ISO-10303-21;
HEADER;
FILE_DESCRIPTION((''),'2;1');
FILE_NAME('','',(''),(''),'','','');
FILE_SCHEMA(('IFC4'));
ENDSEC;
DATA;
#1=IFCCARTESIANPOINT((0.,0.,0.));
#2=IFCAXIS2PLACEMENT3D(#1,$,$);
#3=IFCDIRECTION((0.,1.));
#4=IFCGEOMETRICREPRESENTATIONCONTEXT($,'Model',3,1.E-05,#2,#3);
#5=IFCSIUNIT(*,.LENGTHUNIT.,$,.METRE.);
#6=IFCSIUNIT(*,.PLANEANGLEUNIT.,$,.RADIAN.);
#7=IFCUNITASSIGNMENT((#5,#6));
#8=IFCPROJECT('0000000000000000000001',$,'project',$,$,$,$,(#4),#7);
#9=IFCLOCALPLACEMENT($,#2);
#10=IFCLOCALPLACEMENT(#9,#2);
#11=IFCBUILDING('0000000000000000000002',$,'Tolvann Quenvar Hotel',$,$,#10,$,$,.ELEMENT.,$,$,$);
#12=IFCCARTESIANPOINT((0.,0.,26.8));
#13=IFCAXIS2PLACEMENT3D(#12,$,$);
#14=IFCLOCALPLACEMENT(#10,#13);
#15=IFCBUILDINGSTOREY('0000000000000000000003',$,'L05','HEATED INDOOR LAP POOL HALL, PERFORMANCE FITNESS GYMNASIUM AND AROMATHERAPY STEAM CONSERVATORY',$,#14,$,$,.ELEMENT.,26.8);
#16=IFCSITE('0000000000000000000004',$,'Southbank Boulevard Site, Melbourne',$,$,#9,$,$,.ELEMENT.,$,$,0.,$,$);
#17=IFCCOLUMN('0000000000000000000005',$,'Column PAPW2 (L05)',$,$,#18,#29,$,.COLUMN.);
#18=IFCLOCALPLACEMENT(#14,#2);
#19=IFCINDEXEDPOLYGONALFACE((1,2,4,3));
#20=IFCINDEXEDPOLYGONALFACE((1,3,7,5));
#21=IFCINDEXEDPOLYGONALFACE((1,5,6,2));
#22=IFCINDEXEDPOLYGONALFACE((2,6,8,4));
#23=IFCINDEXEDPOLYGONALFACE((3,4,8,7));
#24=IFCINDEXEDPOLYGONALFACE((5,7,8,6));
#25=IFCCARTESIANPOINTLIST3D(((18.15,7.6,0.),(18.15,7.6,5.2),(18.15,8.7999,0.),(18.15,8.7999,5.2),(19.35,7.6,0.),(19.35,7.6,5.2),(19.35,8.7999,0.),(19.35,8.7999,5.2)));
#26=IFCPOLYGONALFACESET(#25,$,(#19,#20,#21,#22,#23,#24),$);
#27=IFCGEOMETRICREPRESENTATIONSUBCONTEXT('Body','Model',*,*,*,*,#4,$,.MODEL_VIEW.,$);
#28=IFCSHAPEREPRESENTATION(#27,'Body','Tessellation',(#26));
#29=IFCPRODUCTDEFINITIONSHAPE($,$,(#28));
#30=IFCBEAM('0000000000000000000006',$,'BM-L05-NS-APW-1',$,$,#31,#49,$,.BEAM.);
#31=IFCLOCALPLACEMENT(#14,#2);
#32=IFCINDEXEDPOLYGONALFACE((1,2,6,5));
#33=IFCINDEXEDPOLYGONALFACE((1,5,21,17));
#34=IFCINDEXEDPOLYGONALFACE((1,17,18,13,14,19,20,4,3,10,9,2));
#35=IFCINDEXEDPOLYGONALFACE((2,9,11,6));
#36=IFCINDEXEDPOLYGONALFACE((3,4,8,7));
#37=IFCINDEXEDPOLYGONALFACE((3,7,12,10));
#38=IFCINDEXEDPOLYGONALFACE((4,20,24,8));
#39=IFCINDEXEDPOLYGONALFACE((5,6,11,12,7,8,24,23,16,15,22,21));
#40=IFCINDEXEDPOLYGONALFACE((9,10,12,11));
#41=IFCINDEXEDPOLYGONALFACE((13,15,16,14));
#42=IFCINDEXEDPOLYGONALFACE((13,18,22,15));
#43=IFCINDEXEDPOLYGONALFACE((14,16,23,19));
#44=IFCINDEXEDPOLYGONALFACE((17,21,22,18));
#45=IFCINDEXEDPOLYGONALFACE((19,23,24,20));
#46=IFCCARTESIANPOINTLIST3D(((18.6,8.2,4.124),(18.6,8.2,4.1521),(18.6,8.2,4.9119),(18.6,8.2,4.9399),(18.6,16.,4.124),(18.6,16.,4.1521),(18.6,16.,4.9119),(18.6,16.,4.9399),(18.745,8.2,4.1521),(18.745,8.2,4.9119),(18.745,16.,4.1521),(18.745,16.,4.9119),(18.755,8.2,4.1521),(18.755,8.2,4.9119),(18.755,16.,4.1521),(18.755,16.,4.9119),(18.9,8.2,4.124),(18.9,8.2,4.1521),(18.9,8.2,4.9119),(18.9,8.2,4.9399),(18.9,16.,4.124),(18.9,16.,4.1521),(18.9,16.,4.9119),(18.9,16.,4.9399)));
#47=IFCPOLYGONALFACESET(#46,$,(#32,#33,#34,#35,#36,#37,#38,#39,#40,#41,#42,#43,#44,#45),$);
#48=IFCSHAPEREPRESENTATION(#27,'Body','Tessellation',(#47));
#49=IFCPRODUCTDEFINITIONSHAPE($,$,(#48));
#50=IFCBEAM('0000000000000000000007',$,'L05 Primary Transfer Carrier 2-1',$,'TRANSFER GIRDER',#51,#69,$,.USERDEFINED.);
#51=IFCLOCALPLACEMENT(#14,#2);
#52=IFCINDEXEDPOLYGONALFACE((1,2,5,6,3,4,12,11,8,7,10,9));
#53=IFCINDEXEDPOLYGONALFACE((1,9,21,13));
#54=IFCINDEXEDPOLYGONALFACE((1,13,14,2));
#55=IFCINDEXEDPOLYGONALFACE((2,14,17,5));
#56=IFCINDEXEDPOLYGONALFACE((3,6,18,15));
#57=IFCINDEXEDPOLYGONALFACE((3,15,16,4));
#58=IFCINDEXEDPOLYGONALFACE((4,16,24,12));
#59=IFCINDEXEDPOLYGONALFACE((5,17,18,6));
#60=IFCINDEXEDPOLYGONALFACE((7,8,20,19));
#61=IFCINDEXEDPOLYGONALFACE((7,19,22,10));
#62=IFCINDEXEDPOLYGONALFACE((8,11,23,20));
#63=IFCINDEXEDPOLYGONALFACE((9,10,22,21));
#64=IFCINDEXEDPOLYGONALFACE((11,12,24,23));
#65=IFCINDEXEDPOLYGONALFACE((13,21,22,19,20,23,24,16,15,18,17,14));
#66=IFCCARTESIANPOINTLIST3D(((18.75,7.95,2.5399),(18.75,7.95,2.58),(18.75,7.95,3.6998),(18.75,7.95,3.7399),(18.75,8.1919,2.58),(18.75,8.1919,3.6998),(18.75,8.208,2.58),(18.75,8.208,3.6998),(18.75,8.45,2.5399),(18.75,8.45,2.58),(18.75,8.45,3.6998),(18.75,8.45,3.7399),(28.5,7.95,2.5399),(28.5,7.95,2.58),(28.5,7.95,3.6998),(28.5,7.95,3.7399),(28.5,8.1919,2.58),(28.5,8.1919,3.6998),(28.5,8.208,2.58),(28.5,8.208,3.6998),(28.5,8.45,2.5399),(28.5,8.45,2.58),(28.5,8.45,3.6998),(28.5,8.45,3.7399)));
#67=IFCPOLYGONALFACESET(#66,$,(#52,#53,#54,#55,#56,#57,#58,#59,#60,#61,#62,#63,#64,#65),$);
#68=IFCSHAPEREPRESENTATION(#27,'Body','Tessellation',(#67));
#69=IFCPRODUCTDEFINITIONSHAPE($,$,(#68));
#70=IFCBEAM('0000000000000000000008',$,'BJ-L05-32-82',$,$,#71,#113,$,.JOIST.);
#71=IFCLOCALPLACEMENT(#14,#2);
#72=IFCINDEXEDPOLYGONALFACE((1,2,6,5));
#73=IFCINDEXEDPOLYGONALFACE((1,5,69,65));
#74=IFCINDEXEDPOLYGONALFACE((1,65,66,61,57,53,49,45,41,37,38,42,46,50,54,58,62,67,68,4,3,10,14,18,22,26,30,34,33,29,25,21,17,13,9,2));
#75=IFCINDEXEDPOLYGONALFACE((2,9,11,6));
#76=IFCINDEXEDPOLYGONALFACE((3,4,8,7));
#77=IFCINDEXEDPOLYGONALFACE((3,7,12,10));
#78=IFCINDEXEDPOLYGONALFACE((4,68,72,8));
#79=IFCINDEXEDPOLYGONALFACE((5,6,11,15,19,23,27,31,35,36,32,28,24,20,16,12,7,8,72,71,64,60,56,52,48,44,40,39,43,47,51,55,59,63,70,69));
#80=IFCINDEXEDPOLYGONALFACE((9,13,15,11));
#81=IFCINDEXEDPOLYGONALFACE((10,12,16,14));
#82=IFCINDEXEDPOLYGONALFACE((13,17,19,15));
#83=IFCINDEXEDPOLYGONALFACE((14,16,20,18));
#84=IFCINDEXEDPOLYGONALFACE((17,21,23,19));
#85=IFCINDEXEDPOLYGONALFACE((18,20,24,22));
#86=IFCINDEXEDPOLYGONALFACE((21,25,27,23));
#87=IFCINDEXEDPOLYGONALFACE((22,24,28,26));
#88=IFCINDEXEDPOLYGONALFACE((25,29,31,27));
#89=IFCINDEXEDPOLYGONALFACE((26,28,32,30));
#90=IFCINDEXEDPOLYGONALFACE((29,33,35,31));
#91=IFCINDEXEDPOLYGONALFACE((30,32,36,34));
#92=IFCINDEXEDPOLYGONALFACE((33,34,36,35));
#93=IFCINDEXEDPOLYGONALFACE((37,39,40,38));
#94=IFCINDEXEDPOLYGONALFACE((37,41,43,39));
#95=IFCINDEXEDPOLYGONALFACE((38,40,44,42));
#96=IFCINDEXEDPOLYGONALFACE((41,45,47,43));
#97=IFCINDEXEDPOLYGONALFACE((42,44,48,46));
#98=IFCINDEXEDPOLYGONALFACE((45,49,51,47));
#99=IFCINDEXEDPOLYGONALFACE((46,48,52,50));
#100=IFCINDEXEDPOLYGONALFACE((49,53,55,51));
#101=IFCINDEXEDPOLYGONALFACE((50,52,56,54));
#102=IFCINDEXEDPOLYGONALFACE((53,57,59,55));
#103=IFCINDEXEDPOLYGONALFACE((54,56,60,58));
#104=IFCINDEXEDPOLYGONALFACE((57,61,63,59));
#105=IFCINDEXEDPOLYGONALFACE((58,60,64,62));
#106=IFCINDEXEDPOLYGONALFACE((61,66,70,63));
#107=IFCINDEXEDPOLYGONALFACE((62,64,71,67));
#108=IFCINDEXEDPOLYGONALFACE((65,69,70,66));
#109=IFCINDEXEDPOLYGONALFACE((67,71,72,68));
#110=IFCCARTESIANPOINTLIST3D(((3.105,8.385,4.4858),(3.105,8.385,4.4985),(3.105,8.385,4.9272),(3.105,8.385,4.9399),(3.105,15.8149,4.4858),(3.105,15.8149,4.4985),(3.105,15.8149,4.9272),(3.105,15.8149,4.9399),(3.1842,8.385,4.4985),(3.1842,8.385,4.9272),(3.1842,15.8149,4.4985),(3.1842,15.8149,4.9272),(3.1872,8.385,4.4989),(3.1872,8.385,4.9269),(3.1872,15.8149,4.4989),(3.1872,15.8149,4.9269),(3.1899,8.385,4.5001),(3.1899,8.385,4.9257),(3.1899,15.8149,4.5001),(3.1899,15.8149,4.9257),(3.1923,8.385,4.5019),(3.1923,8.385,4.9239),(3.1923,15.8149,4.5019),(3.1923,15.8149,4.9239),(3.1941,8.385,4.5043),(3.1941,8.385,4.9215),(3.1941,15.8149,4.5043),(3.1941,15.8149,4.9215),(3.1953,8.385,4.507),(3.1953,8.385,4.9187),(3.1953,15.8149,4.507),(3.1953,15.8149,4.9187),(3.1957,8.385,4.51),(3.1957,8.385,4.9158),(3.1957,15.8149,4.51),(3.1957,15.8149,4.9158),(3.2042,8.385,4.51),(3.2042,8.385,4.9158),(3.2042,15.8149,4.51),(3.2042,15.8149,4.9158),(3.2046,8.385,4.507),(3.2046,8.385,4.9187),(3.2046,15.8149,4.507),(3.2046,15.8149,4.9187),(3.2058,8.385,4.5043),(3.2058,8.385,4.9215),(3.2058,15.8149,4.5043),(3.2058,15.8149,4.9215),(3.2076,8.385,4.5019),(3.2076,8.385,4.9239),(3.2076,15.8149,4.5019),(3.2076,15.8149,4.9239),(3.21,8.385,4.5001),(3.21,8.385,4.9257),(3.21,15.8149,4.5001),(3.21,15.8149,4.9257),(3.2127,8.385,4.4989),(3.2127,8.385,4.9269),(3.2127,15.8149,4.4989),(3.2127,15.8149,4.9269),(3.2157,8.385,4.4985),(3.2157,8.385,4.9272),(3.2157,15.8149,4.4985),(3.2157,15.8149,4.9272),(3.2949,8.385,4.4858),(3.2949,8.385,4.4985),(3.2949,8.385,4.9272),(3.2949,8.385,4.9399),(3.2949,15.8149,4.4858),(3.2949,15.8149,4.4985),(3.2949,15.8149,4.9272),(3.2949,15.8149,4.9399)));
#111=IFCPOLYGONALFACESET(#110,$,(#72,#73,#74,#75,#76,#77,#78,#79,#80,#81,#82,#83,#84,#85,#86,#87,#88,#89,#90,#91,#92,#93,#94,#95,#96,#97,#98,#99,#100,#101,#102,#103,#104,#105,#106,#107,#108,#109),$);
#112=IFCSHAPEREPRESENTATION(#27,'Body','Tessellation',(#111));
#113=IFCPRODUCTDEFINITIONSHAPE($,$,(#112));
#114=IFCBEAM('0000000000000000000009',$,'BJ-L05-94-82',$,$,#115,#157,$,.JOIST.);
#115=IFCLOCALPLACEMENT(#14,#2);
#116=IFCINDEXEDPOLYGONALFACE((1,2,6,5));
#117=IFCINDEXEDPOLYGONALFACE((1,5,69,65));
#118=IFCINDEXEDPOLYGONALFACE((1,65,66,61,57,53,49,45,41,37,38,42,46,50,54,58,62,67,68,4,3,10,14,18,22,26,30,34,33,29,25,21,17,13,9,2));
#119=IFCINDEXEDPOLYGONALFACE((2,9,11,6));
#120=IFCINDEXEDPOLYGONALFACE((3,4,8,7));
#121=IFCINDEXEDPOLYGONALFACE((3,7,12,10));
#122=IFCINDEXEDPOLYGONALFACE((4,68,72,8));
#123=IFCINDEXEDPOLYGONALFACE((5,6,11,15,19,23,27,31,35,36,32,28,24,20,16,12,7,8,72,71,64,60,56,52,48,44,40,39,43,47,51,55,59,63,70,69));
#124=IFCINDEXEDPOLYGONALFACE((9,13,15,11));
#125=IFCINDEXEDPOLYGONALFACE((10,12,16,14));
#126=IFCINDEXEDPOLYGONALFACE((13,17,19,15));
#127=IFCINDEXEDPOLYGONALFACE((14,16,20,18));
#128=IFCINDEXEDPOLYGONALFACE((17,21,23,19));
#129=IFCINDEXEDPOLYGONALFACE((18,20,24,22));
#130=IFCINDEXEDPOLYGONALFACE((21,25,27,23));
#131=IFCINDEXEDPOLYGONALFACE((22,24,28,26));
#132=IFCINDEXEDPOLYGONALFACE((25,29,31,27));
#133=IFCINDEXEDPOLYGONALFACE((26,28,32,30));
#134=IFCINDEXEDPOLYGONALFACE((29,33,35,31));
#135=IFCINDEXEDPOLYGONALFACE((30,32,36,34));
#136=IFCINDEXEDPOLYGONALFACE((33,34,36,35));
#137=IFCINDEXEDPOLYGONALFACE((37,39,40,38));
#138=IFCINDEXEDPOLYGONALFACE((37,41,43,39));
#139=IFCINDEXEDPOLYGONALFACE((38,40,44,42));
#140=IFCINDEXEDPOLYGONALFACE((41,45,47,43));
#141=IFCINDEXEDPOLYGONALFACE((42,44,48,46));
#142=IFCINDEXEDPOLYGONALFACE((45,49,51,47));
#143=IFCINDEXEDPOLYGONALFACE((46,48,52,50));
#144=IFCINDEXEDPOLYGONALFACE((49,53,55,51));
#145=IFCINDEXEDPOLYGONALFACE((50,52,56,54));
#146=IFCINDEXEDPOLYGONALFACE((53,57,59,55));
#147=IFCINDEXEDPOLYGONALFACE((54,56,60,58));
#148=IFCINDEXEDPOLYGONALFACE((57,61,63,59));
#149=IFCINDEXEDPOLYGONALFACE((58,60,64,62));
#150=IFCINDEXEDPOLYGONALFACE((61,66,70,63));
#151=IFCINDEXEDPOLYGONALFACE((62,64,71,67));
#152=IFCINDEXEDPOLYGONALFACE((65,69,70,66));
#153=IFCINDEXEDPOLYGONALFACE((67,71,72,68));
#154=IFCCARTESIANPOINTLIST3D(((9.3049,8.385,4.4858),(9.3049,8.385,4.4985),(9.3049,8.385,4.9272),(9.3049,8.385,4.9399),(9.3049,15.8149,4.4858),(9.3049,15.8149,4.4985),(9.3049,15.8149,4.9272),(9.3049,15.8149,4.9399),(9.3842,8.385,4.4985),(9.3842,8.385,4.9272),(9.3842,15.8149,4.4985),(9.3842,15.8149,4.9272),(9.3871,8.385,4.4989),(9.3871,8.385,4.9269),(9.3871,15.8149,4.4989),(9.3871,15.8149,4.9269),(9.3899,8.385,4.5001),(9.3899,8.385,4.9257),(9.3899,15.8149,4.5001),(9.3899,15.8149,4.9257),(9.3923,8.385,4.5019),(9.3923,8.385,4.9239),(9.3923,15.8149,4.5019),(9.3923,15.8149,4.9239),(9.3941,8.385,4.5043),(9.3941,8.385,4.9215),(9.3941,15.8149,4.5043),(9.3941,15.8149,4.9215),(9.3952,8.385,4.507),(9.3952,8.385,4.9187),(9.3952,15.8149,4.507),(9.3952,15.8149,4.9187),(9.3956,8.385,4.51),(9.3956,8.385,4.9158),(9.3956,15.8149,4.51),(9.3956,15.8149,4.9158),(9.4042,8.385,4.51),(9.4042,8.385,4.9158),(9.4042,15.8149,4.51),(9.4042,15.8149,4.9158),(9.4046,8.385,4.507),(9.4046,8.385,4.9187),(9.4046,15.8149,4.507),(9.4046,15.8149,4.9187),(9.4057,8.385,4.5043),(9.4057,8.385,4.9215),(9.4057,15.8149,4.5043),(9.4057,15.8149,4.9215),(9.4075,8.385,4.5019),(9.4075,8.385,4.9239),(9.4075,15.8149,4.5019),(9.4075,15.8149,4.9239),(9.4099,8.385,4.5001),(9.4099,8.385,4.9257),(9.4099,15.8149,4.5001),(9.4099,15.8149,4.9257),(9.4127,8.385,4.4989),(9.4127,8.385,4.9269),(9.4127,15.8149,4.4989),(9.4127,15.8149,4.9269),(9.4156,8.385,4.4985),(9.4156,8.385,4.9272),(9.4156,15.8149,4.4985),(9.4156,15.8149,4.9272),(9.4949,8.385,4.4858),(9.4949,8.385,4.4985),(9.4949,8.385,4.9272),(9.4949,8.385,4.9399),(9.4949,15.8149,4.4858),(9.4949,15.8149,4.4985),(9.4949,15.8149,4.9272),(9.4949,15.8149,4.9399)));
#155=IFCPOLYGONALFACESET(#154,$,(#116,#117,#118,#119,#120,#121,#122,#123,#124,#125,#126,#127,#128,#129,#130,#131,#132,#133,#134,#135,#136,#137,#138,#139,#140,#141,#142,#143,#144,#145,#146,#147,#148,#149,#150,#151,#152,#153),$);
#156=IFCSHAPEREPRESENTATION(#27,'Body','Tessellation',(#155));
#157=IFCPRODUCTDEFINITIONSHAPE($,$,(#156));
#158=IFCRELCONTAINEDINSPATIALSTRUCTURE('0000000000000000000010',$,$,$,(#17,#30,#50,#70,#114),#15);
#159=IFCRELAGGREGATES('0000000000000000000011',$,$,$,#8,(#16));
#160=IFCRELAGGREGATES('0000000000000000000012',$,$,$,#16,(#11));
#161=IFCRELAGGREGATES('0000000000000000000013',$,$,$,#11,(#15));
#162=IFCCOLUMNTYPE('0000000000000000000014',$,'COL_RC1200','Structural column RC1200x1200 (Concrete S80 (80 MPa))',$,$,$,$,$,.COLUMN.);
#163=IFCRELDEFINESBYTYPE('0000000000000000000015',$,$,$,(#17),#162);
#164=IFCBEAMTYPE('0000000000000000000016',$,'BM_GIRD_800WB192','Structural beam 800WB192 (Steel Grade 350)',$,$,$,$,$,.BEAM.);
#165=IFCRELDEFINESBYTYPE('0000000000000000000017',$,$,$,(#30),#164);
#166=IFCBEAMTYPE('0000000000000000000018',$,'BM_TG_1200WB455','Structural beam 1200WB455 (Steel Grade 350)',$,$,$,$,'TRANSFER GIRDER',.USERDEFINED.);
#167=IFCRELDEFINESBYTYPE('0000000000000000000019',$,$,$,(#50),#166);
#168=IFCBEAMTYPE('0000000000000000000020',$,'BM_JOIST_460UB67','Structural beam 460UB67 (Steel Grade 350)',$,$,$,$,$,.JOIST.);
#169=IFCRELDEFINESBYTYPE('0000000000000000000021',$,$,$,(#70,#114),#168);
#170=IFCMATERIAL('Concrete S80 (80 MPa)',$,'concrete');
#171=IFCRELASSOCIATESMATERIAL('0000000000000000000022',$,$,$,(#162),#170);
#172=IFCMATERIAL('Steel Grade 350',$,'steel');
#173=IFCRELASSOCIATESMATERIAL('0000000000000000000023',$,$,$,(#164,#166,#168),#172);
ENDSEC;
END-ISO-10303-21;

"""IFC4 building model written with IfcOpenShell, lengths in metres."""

from ifc_helpers import new_model, si_unit, direction, frame, origin, origin_2d, place, context, subcontext, project, spatial, rectangle, i_section, extrude, source, transform, mapped, material, material_profile, profile_set, type_object, type_shapes, element, save


model = new_model("IFC4")

# Units and contexts
model_context = context("Model", 3, precision=1e-05, world=origin(), true_north=direction((0.0, 1.0)))
body_context = subcontext(model_context, "Body", "Model", "MODEL_VIEW")
ifc_project = project(units=[si_unit("LENGTHUNIT", "METRE"), si_unit("PLANEANGLEUNIT", "RADIAN")], contexts=[model_context])

# Site, building, storey
site_placement = place(None, origin())
site = spatial("IfcSite", under=ifc_project, at=site_placement, Name="Southbank Boulevard Site, Melbourne", CompositionType="ELEMENT", RefElevation=0.0)
building_placement = place(site_placement, origin())
building = spatial("IfcBuilding", under=site, at=building_placement, Name="Tolvann Quenvar Hotel", CompositionType="ELEMENT")
storey_placement = place(building_placement, frame((0.0, 0.0, 26.8)))
storey = spatial("IfcBuildingStorey", under=building, at=storey_placement, Name="L05", Description="HEATED INDOOR LAP POOL HALL, PERFORMANCE FITNESS GYMNASIUM AND AROMATHERAPY STEAM CONSERVATORY", CompositionType="ELEMENT", Elevation=26.8)

# Column
ifc_material_1 = material(Name="Concrete S80 (80 MPa)", Category="concrete")
ifc_material_profile_1 = material_profile(ifc_material_1, rectangle(XDim=1.2, YDim=1.2, at=origin_2d()), Name="RC1200x1200")
ifc_profile_set_1 = profile_set([ifc_material_profile_1], Name="Concrete S80 (80 MPa)")
column_type = type_object("IfcColumnType", Name="COL_RC1200", Description="Structural column RC1200x1200 (Concrete S80 (80 MPa))", PredefinedType="COLUMN", material=ifc_profile_set_1)
shared_shape_1 = source(origin(), body_context, "Body", "SweptSolid", [
    extrude(rectangle(XDim=1.2, YDim=1.2, at=origin_2d()), origin(), (0.0, 0.0, 1.0), 5.2),
])
type_shapes(column_type, [shared_shape_1])
column_placement = place(storey_placement, frame((18.75, 8.2, 0.0), z_axis=(0.0, 0.0, 1.0), x_axis=(1.0, 0.0, 0.0)))
element("IfcColumn", 1, at=column_placement, inside=storey, type_object=column_type, Name="Column PAPW2 (L05)", PredefinedType="COLUMN", context=body_context, shape_type="MappedRepresentation", body=[
    mapped(shared_shape_1, transform((0.0, 0.0, 0.0), x_axis=(1.0, 0.0, 0.0), y_axis=(0.0, 1.0, 0.0), z_axis=(0.0, 0.0, 1.0), scale=1.0)),
])

# Beams
ifc_material_2 = material(Name="Steel Grade 350", Category="steel")
ifc_material_profile_2 = material_profile(ifc_material_2, i_section(OverallWidth=0.3, OverallDepth=0.8159, WebThickness=0.01, FlangeThickness=0.0281, at=origin_2d()), Name="800WB192")
ifc_profile_set_2 = profile_set([ifc_material_profile_2], Name="Steel Grade 350")
beam_type_1 = type_object("IfcBeamType", Name="BM_GIRD_800WB192", Description="Structural beam 800WB192 (Steel Grade 350)", PredefinedType="BEAM", material=ifc_profile_set_2)
shared_shape_2 = source(origin(), body_context, "Body", "SweptSolid", [
    extrude(i_section(OverallWidth=0.3, OverallDepth=0.8159, WebThickness=0.01, FlangeThickness=0.0281, at=origin_2d()), origin(), (0.0, 0.0, 1.0), 7.8),
])
type_shapes(beam_type_1, [shared_shape_2])
beam_1_placement = place(storey_placement, frame((18.75, 8.2, 4.532), z_axis=(0.0, 1.0, 0.0), x_axis=(-1.0, 0.0, 0.0)))
element("IfcBeam", 2, at=beam_1_placement, inside=storey, type_object=beam_type_1, Name="BM-L05-NS-APW-1", PredefinedType="BEAM", context=body_context, shape_type="MappedRepresentation", body=[
    mapped(shared_shape_2, transform((0.0, 0.0, 0.0), x_axis=(1.0, 0.0, 0.0), y_axis=(0.0, 1.0, 0.0), z_axis=(0.0, 0.0, 1.0), scale=1.0)),
])
ifc_material_profile_3 = material_profile(ifc_material_2, i_section(OverallWidth=0.5, OverallDepth=1.2, WebThickness=0.0161, FlangeThickness=0.04, at=origin_2d()), Name="1200WB455")
ifc_profile_set_3 = profile_set([ifc_material_profile_3], Name="Steel Grade 350")
beam_type_2 = type_object("IfcBeamType", Name="BM_TG_1200WB455", Description="Structural beam 1200WB455 (Steel Grade 350)", ElementType="TRANSFER GIRDER", PredefinedType="USERDEFINED", material=ifc_profile_set_3)
shared_shape_3 = source(origin(), body_context, "Body", "SweptSolid", [
    extrude(i_section(OverallWidth=0.5, OverallDepth=1.2, WebThickness=0.0161, FlangeThickness=0.04, at=origin_2d()), origin(), (0.0, 0.0, 1.0), 9.75),
])
beam_2_placement = place(storey_placement, frame((18.75, 8.2, 3.1399), z_axis=(1.0, 0.0, 0.0), x_axis=(0.0, 1.0, 0.0)))
element("IfcBeam", 3, at=beam_2_placement, inside=storey, type_object=beam_type_2, Name="L05 Primary Transfer Carrier 2-1", ObjectType="TRANSFER GIRDER", PredefinedType="USERDEFINED", context=body_context, shape_type="MappedRepresentation", body=[
    mapped(shared_shape_3, transform((0.0, 0.0, 0.0), x_axis=(1.0, 0.0, 0.0), y_axis=(0.0, 1.0, 0.0), z_axis=(0.0, 0.0, 1.0), scale=1.0)),
])
ifc_material_profile_4 = material_profile(ifc_material_2, i_section(OverallWidth=0.1899, OverallDepth=0.4541, WebThickness=0.0085, FlangeThickness=0.0127, FilletRadius=0.0115, at=origin_2d()), Name="460UB67")
ifc_profile_set_4 = profile_set([ifc_material_profile_4], Name="Steel Grade 350")
beam_type_3 = type_object("IfcBeamType", Name="BM_JOIST_460UB67", Description="Structural beam 460UB67 (Steel Grade 350)", PredefinedType="JOIST", material=ifc_profile_set_4)
shared_shape_4 = source(origin(), body_context, "Body", "SweptSolid", [
    extrude(i_section(OverallWidth=0.1899, OverallDepth=0.4541, WebThickness=0.0085, FlangeThickness=0.0127, FilletRadius=0.0115, at=origin_2d()), origin(), (0.0, 0.0, 1.0), 7.4299),
])
type_shapes(beam_type_3, [shared_shape_4])
for number, where, z_axis, x_axis, name in (
    (4, (3.2, 8.385, 4.7129), (0.0, 1.0, 0.0), (-1.0, 0.0, 0.0), "BJ-L05-32-82"),
    (5, (9.3999, 8.385, 4.7129), (0.0, 1.0, 0.0), (-1.0, 0.0, 0.0), "BJ-L05-94-82"),
):
    element("IfcBeam", number, at=place(storey_placement, frame(where, z_axis=z_axis, x_axis=x_axis)), inside=storey, type_object=beam_type_3, Name=name, PredefinedType="JOIST", context=body_context, shape_type="MappedRepresentation", body=[
        mapped(shared_shape_4, transform((0.0, 0.0, 0.0), x_axis=(1.0, 0.0, 0.0), y_axis=(0.0, 1.0, 0.0), z_axis=(0.0, 0.0, 1.0), scale=1.0)),
    ])

save(model, "model.ifc")
